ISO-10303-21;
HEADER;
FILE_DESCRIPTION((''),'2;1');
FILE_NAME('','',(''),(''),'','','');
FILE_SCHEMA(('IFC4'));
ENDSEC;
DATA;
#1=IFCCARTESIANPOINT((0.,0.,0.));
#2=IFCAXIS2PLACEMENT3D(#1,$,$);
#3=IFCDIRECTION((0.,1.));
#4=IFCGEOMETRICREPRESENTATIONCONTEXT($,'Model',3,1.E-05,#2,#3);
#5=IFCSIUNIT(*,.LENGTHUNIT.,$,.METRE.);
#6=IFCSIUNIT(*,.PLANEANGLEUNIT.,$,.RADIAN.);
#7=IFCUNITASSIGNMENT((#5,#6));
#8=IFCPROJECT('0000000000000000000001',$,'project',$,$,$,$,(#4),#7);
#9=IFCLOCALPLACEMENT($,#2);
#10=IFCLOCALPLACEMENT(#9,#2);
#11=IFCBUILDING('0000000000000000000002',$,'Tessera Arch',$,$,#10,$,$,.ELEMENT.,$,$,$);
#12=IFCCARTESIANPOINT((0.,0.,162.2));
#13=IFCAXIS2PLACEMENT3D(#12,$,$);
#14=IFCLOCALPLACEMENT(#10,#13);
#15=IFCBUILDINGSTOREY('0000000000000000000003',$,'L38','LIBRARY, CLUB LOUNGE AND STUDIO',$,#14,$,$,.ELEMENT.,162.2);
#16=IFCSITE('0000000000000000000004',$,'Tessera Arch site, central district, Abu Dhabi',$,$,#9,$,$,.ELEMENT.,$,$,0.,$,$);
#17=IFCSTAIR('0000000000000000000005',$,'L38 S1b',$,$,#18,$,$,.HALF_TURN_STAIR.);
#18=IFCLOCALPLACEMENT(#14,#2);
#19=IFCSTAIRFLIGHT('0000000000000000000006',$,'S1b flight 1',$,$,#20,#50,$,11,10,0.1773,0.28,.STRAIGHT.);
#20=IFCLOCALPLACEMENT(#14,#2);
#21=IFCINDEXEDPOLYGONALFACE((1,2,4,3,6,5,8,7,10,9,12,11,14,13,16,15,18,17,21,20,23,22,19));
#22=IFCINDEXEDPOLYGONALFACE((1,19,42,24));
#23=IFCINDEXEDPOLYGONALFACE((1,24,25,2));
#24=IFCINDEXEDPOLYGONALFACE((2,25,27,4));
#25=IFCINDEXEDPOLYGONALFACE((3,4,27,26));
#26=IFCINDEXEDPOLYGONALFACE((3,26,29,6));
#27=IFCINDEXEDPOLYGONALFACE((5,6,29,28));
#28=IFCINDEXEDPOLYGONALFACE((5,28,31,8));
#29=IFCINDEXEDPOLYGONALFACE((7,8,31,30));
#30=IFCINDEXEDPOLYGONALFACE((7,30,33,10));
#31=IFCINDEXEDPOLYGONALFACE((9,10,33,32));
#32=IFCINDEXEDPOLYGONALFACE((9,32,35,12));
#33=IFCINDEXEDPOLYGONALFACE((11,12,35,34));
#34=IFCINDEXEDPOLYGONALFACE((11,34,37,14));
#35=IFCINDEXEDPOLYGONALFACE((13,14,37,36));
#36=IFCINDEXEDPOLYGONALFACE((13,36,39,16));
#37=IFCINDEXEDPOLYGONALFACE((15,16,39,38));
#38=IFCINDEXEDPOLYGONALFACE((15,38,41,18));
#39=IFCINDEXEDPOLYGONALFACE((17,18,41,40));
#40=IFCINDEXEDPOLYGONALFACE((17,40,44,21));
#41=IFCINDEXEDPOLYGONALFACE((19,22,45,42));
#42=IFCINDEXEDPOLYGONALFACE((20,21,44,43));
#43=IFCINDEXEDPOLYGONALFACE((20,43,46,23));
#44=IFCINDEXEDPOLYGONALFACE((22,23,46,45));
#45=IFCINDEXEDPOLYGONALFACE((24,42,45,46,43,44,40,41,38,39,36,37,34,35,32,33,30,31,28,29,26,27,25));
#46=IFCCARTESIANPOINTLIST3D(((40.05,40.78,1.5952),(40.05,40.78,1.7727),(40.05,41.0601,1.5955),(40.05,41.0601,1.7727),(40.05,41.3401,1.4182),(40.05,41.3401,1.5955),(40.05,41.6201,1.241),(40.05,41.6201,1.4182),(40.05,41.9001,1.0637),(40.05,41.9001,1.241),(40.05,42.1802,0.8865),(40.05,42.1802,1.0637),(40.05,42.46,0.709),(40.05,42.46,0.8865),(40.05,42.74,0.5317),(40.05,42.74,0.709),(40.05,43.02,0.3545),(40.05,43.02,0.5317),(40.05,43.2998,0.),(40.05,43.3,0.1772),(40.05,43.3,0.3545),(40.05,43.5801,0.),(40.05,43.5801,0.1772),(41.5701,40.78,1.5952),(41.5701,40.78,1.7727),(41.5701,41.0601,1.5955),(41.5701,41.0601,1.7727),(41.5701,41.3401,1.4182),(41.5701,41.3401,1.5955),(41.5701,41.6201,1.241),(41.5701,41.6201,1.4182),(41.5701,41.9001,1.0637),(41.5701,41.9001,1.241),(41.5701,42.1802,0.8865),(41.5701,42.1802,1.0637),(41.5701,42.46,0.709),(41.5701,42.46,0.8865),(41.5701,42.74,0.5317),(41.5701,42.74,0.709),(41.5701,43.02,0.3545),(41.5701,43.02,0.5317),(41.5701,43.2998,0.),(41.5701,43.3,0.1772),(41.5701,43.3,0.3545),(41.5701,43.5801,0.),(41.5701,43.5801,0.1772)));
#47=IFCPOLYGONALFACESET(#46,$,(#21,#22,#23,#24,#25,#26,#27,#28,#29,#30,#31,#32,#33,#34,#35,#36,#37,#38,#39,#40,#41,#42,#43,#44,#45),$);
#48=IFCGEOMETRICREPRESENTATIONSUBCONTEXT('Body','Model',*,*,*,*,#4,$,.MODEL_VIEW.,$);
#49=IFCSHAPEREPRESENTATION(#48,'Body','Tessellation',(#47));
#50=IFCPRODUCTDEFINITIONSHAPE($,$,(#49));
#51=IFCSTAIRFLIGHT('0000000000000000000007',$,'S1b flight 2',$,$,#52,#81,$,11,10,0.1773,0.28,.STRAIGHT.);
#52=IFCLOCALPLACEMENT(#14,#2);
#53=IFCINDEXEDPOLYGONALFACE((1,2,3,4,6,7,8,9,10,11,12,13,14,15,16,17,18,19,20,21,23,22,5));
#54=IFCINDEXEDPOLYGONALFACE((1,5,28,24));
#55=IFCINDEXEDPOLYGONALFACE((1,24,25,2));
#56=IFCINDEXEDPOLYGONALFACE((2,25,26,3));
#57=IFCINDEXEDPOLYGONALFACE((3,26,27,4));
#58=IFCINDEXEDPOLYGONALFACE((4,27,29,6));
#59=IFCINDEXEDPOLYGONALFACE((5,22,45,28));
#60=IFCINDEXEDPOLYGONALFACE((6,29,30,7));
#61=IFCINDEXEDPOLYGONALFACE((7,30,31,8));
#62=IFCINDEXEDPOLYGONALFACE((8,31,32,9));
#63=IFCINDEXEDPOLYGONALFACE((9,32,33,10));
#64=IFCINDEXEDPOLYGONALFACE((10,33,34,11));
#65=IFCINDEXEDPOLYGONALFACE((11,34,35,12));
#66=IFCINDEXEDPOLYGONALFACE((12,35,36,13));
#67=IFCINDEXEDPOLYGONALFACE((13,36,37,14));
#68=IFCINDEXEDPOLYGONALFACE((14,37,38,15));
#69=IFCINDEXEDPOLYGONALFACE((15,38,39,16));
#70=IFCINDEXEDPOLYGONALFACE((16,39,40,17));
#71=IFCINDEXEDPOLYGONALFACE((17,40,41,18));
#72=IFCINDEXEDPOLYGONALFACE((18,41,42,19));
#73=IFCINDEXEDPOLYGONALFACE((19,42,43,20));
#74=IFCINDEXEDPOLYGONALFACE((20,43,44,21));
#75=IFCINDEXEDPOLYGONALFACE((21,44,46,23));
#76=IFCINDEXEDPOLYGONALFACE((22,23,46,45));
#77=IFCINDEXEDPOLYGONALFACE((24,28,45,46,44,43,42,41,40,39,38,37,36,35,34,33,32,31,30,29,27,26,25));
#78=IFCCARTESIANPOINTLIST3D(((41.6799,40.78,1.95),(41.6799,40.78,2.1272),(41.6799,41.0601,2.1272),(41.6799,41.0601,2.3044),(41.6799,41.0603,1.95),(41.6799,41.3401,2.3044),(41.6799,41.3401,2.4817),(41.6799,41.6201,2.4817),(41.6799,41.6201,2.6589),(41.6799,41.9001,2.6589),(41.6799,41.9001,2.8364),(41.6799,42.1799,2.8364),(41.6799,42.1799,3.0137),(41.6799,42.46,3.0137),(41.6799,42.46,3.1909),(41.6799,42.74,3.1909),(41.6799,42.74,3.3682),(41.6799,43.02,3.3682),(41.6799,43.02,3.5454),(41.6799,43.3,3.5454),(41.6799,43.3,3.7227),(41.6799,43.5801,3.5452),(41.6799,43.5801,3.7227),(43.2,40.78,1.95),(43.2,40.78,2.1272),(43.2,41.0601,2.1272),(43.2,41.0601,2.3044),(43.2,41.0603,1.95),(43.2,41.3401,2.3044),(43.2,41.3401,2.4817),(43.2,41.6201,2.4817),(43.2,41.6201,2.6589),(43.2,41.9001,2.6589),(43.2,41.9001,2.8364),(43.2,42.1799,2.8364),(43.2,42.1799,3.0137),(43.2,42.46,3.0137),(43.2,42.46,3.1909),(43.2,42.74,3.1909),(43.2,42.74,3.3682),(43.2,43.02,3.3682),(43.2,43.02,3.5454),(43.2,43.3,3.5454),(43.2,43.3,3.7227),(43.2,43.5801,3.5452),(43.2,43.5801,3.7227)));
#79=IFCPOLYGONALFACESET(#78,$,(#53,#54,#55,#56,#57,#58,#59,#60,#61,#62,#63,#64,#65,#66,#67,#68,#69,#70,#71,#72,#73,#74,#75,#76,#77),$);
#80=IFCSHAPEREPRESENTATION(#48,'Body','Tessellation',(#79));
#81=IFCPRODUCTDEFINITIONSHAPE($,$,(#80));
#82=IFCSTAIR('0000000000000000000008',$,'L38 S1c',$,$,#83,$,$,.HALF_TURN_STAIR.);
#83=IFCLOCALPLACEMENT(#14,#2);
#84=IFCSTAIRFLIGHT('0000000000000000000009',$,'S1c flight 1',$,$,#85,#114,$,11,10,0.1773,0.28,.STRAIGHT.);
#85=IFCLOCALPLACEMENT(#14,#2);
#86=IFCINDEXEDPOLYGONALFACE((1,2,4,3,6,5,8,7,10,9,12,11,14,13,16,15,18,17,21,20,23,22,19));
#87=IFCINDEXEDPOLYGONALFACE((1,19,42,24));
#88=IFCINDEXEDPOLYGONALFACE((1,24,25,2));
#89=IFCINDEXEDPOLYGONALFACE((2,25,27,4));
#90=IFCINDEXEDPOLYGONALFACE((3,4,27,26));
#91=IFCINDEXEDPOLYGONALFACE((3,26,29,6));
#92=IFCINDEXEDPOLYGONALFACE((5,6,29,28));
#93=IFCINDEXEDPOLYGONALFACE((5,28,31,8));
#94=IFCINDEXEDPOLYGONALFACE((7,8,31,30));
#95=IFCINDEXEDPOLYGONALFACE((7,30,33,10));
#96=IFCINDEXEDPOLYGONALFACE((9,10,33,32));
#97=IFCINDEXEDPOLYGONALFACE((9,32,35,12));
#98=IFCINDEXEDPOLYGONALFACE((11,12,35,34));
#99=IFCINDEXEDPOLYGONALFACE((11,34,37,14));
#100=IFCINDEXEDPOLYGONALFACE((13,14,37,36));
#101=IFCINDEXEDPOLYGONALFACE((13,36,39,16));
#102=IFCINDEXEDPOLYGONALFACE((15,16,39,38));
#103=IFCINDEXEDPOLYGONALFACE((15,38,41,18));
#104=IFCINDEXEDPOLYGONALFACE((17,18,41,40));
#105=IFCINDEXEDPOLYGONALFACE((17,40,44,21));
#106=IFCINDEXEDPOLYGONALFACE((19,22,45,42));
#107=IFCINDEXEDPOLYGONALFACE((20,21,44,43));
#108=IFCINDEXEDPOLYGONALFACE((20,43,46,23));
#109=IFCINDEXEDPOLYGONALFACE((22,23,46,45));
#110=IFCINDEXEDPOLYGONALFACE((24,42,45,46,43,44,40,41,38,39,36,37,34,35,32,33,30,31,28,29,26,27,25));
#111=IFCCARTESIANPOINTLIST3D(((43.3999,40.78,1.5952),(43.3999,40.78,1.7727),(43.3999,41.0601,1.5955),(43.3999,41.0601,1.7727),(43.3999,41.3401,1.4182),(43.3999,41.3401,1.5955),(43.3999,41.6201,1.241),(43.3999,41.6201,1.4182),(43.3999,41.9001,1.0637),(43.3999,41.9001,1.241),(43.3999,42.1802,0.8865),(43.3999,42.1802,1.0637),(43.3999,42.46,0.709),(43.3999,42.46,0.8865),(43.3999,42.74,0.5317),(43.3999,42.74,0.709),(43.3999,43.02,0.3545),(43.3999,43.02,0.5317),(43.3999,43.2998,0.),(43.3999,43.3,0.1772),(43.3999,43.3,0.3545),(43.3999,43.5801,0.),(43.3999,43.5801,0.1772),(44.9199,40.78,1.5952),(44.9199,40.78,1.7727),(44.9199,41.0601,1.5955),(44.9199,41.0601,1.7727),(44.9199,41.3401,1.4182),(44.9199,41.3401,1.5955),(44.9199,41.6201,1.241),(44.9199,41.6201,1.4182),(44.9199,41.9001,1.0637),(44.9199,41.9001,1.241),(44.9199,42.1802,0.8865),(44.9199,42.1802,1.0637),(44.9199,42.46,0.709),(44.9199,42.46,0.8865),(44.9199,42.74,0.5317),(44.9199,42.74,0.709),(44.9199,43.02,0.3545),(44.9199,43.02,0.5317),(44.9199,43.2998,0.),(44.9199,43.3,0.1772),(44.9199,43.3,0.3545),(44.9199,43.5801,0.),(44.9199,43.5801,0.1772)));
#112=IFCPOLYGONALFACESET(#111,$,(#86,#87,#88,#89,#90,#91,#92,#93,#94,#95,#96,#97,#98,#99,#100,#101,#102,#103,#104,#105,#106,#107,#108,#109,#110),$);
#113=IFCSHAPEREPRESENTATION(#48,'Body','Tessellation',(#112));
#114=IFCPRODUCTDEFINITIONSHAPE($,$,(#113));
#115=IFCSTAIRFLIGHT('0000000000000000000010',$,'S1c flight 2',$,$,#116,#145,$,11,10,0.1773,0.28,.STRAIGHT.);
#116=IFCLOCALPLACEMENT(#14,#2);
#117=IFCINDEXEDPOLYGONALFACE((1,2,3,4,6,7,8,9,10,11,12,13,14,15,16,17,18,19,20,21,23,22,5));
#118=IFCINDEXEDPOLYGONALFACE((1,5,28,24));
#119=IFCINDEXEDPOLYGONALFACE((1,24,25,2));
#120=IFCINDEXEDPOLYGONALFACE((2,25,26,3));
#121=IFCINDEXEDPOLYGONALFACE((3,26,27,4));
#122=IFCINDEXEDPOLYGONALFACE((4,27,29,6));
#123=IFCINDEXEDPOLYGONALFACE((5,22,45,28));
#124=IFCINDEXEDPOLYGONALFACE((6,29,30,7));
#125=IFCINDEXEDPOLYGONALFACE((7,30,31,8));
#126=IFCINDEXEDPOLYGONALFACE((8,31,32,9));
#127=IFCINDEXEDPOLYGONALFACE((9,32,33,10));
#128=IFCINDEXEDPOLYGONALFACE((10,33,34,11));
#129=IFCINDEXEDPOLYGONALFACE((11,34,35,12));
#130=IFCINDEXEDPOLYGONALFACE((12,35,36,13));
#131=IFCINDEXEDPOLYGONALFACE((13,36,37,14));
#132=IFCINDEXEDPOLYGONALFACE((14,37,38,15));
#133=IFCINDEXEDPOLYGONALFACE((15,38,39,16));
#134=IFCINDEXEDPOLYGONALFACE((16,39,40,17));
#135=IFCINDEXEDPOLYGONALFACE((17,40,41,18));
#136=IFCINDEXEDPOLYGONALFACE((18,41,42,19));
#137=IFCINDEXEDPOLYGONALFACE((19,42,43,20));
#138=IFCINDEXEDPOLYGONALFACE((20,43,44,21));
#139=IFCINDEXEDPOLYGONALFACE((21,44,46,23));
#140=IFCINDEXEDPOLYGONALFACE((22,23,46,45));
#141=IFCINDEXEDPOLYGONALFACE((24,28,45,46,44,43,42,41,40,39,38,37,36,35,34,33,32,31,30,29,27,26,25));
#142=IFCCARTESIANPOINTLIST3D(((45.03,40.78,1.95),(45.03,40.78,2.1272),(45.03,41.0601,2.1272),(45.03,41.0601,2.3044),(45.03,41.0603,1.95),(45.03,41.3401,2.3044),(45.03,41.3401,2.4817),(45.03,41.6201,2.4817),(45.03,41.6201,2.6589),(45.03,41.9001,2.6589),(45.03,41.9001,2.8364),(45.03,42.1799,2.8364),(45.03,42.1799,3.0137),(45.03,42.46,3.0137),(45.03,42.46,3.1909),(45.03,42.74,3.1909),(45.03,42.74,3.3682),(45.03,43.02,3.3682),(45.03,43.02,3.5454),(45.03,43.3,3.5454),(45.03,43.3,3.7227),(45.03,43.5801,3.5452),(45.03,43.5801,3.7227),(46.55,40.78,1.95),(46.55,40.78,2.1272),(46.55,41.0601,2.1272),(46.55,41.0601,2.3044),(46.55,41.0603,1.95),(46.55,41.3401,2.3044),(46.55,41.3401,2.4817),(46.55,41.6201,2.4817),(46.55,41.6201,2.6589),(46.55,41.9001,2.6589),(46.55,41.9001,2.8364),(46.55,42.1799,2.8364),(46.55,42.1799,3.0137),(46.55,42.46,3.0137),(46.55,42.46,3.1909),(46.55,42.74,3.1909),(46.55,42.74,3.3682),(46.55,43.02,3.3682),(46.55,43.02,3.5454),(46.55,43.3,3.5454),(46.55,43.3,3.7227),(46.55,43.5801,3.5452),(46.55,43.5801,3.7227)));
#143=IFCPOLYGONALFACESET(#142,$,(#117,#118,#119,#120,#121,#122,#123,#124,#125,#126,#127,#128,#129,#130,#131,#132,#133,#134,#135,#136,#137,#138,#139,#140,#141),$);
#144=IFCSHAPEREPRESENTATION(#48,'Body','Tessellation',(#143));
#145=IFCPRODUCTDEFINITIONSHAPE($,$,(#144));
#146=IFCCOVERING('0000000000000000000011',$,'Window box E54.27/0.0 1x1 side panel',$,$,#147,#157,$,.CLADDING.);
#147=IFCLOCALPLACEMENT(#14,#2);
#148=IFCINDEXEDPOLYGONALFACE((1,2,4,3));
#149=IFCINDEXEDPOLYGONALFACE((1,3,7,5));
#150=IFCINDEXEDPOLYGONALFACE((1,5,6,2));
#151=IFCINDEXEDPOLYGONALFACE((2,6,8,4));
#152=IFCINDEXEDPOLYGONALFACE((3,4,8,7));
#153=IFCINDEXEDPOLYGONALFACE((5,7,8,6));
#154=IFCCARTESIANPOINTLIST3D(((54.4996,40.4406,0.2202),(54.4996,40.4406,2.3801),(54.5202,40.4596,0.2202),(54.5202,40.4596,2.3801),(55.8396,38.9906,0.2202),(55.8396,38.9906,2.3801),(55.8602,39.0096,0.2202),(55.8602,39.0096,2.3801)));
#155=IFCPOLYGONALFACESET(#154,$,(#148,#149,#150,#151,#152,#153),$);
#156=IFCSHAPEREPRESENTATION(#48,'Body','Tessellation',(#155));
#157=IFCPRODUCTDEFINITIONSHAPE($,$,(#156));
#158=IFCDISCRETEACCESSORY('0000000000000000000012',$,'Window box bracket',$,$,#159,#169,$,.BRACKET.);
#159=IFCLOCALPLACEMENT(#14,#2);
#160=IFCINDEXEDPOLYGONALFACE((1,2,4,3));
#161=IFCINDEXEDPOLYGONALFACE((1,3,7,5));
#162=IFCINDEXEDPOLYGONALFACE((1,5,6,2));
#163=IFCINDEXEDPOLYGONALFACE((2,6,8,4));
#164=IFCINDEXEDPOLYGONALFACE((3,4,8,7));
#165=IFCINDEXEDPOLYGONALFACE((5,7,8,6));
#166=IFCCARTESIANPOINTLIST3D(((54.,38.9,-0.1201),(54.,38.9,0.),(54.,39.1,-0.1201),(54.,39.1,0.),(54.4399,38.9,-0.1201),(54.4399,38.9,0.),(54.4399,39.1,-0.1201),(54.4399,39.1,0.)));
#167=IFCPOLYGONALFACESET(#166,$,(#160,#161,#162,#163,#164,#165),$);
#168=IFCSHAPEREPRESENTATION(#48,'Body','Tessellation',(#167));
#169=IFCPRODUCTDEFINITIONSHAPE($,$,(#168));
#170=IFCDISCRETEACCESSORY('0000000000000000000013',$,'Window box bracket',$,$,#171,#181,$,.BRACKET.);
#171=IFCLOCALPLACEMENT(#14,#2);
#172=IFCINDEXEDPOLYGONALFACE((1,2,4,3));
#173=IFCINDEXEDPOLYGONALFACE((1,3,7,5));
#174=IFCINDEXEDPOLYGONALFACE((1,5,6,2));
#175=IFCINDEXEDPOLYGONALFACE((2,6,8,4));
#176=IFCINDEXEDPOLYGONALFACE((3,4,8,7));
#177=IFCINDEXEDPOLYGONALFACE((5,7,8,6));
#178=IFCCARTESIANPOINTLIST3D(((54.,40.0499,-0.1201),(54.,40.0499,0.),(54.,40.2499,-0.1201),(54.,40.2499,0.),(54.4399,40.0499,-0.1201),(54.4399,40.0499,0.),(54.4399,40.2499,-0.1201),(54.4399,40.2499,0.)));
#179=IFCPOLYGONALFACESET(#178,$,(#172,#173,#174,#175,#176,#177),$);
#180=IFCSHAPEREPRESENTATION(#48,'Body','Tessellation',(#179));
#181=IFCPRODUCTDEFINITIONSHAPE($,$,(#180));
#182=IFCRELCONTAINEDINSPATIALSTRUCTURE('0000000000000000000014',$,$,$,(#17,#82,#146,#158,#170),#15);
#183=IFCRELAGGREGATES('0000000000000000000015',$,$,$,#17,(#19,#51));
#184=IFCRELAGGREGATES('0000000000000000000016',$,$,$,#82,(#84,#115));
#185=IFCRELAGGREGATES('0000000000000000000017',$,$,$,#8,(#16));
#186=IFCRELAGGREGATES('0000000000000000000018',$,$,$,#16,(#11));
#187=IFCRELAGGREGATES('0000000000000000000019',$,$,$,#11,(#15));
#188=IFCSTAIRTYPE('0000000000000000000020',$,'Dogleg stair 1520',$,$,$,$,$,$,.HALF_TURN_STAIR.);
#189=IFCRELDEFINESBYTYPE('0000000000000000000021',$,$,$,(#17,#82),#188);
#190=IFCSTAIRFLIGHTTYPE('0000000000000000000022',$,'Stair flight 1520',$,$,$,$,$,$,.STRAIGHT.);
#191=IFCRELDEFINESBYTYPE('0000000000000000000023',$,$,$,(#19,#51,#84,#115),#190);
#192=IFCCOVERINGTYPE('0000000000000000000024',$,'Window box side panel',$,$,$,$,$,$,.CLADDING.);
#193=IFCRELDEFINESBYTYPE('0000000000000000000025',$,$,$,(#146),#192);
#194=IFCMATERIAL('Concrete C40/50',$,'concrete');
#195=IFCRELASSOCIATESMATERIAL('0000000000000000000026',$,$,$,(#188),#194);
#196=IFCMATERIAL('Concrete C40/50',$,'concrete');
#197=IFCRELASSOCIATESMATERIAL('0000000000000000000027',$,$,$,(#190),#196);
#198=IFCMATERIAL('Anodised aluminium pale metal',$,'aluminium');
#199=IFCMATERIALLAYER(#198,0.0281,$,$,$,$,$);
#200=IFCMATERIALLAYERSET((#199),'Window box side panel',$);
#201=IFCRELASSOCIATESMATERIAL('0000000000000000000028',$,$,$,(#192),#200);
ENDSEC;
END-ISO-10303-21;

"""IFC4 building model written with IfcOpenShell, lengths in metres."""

from ifc_helpers import new_model, si_unit, direction, frame, origin, origin_2d, place, context, subcontext, project, spatial, polyline, rectangle, outline, extrude, material, layer, layer_set, type_object, element, aggregate, save


model = new_model("IFC4")

# Units and contexts
model_context = context("Model", 3, precision=1e-05, world=origin(), true_north=direction((0.0, 1.0)))
body_context = subcontext(model_context, "Body", "Model", "MODEL_VIEW")
ifc_project = project(units=[si_unit("LENGTHUNIT", "METRE"), si_unit("PLANEANGLEUNIT", "RADIAN")], contexts=[model_context])

# Site, building, storey
site_placement = place(None, origin())
site = spatial("IfcSite", under=ifc_project, at=site_placement, Name="Tessera Arch site, central district, Abu Dhabi", CompositionType="ELEMENT", RefElevation=0.0)
building_placement = place(site_placement, origin())
building = spatial("IfcBuilding", under=site, at=building_placement, Name="Tessera Arch", CompositionType="ELEMENT")
storey_placement = place(building_placement, frame((0.0, 0.0, 162.2)))
storey = spatial("IfcBuildingStorey", under=building, at=storey_placement, Name="L38", Description="LIBRARY, CLUB LOUNGE AND STUDIO", CompositionType="ELEMENT", Elevation=162.2)

# Stairs, stair flights
ifc_material_1 = material(Name="Concrete C40/50", Category="concrete")
stair_type = type_object("IfcStairType", Name="Dogleg stair 1520", PredefinedType="HALF_TURN_STAIR", material=ifc_material_1)
stair_1_placement = place(storey_placement, origin())
stair_1 = element("IfcStair", 1, at=stair_1_placement, inside=storey, type_object=stair_type, Name="L38 S1b", PredefinedType="HALF_TURN_STAIR")
ifc_material_2 = material(Name="Concrete C40/50", Category="concrete")
stair_flight_type = type_object("IfcStairFlightType", Name="Stair flight 1520", PredefinedType="STRAIGHT", material=ifc_material_2)
stair_flight_1_placement = place(storey_placement, frame((40.8101, 43.5801, 0.0), z_axis=(0.0, 0.0, 1.0), x_axis=(0.0, -1.0, 0.0)))
stair_flight_1 = element("IfcStairFlight", 2, at=stair_flight_1_placement, type_object=stair_flight_type, Name="S1b flight 1", NumberOfRisers=11, NumberOfTreads=10, PredefinedType="STRAIGHT", RiserHeight=0.1773, TreadLength=0.28, context=body_context, shape_type="SweptSolid", body=[
    extrude(outline(polyline([(0.0, 0.0), (0.0, 0.1772), (0.28, 0.1772), (0.28, 0.3545), (0.5601, 0.3545), (0.5601, 0.5317), (0.8401, 0.5317), (0.8401, 0.709), (1.1201, 0.709), (1.1201, 0.8865), (1.3999, 0.8865), (1.3999, 1.0637), (1.6799, 1.0637), (1.6799, 1.241), (1.96, 1.241), (1.96, 1.4182), (2.24, 1.4182), (2.24, 1.5955), (2.52, 1.5955), (2.52, 1.7727), (2.8, 1.7727), (2.8, 1.95), (2.8, 1.5952), (0.2803, 0.0), (0.0, 0.0)])), frame((0.0, 0.76, 0.0), z_axis=(0.0, -1.0, 0.0), x_axis=(1.0, 0.0, 0.0)), (0.0, 0.0, 1.0), 1.52),
])
stair_flight_2_placement = place(storey_placement, frame((42.4399, 40.78, 1.95), z_axis=(0.0, 0.0, 1.0), x_axis=(0.0, 1.0, 0.0)))
stair_flight_2 = element("IfcStairFlight", 3, at=stair_flight_2_placement, type_object=stair_flight_type, Name="S1b flight 2", NumberOfRisers=11, NumberOfTreads=10, PredefinedType="STRAIGHT", RiserHeight=0.1773, TreadLength=0.28, context=body_context, shape_type="SweptSolid", body=[
    extrude(outline(polyline([(0.0, 0.0), (0.0, 0.1772), (0.28, 0.1772), (0.28, 0.3545), (0.5601, 0.3545), (0.5601, 0.5317), (0.8401, 0.5317), (0.8401, 0.709), (1.1201, 0.709), (1.1201, 0.8865), (1.3999, 0.8865), (1.3999, 1.0637), (1.6799, 1.0637), (1.6799, 1.241), (1.96, 1.241), (1.96, 1.4182), (2.24, 1.4182), (2.24, 1.5955), (2.52, 1.5955), (2.52, 1.7727), (2.8, 1.7727), (2.8, 1.95), (2.8, 1.5952), (0.2803, 0.0), (0.0, 0.0)])), frame((0.0, 0.76, 0.0), z_axis=(0.0, -1.0, 0.0), x_axis=(1.0, 0.0, 0.0)), (0.0, 0.0, 1.0), 1.52),
])
aggregate(stair_1, [stair_flight_1, stair_flight_2])
stair_2_placement = place(storey_placement, origin())
stair_2 = element("IfcStair", 4, at=stair_2_placement, inside=storey, type_object=stair_type, Name="L38 S1c", PredefinedType="HALF_TURN_STAIR")
stair_flight_3_placement = place(storey_placement, frame((44.1599, 43.5801, 0.0), z_axis=(0.0, 0.0, 1.0), x_axis=(0.0, -1.0, 0.0)))
stair_flight_3 = element("IfcStairFlight", 5, at=stair_flight_3_placement, type_object=stair_flight_type, Name="S1c flight 1", NumberOfRisers=11, NumberOfTreads=10, PredefinedType="STRAIGHT", RiserHeight=0.1773, TreadLength=0.28, context=body_context, shape_type="SweptSolid", body=[
    extrude(outline(polyline([(0.0, 0.0), (0.0, 0.1772), (0.28, 0.1772), (0.28, 0.3545), (0.5601, 0.3545), (0.5601, 0.5317), (0.8401, 0.5317), (0.8401, 0.709), (1.1201, 0.709), (1.1201, 0.8865), (1.3999, 0.8865), (1.3999, 1.0637), (1.6799, 1.0637), (1.6799, 1.241), (1.96, 1.241), (1.96, 1.4182), (2.24, 1.4182), (2.24, 1.5955), (2.52, 1.5955), (2.52, 1.7727), (2.8, 1.7727), (2.8, 1.95), (2.8, 1.5952), (0.2803, 0.0), (0.0, 0.0)])), frame((0.0, 0.76, 0.0), z_axis=(0.0, -1.0, 0.0), x_axis=(1.0, 0.0, 0.0)), (0.0, 0.0, 1.0), 1.52),
])
stair_flight_4_placement = place(storey_placement, frame((45.79, 40.78, 1.95), z_axis=(0.0, 0.0, 1.0), x_axis=(0.0, 1.0, 0.0)))
stair_flight_4 = element("IfcStairFlight", 6, at=stair_flight_4_placement, type_object=stair_flight_type, Name="S1c flight 2", NumberOfRisers=11, NumberOfTreads=10, PredefinedType="STRAIGHT", RiserHeight=0.1773, TreadLength=0.28, context=body_context, shape_type="SweptSolid", body=[
    extrude(outline(polyline([(0.0, 0.0), (0.0, 0.1772), (0.28, 0.1772), (0.28, 0.3545), (0.5601, 0.3545), (0.5601, 0.5317), (0.8401, 0.5317), (0.8401, 0.709), (1.1201, 0.709), (1.1201, 0.8865), (1.3999, 0.8865), (1.3999, 1.0637), (1.6799, 1.0637), (1.6799, 1.241), (1.96, 1.241), (1.96, 1.4182), (2.24, 1.4182), (2.24, 1.5955), (2.52, 1.5955), (2.52, 1.7727), (2.8, 1.7727), (2.8, 1.95), (2.8, 1.5952), (0.2803, 0.0), (0.0, 0.0)])), frame((0.0, 0.76, 0.0), z_axis=(0.0, -1.0, 0.0), x_axis=(1.0, 0.0, 0.0)), (0.0, 0.0, 1.0), 1.52),
])
aggregate(stair_2, [stair_flight_3, stair_flight_4])

# Covering
ifc_material_3 = material(Name="Anodised aluminium pale metal", Category="aluminium")
ifc_layer_1 = layer(ifc_material_3, 0.0281)
ifc_layer_set_1 = layer_set([ifc_layer_1], Name="Window box side panel")
covering_type = type_object("IfcCoveringType", Name="Window box side panel", PredefinedType="CLADDING", material=ifc_layer_set_1)
covering_placement = place(storey_placement, frame((55.1799, 39.7251, 0.2202), z_axis=(0.0, 0.0, 1.0), x_axis=(0.678701, -0.734415, 0.0)))
element("IfcCovering", 7, at=covering_placement, inside=storey, type_object=covering_type, Name="Window box E54.27/0.0 1x1 side panel", PredefinedType="CLADDING", context=body_context, shape_type="SweptSolid", body=[
    extrude(rectangle(XDim=1.9744, YDim=0.0281, at=origin_2d()), origin(), (0.0, 0.0, 1.0), 2.1599),
])

# Discrete accessories
for number, where, z_axis, x_axis, name in (
    (8, (54.22, 39.0, -0.1201), (0.0, 0.0, 1.0), (1.0, 0.0, 0.0), "Window box bracket"),
    (9, (54.22, 40.1499, -0.1201), (0.0, 0.0, 1.0), (1.0, 0.0, 0.0), "Window box bracket"),
):
    element("IfcDiscreteAccessory", number, at=place(storey_placement, frame(where, z_axis=z_axis, x_axis=x_axis)), inside=storey, Name=name, PredefinedType="BRACKET", context=body_context, shape_type="SweptSolid", body=[
        extrude(rectangle(XDim=0.4399, YDim=0.2, at=origin_2d()), origin(), (0.0, 0.0, 1.0), 0.1201),
    ])

save(model, "model.ifc")
